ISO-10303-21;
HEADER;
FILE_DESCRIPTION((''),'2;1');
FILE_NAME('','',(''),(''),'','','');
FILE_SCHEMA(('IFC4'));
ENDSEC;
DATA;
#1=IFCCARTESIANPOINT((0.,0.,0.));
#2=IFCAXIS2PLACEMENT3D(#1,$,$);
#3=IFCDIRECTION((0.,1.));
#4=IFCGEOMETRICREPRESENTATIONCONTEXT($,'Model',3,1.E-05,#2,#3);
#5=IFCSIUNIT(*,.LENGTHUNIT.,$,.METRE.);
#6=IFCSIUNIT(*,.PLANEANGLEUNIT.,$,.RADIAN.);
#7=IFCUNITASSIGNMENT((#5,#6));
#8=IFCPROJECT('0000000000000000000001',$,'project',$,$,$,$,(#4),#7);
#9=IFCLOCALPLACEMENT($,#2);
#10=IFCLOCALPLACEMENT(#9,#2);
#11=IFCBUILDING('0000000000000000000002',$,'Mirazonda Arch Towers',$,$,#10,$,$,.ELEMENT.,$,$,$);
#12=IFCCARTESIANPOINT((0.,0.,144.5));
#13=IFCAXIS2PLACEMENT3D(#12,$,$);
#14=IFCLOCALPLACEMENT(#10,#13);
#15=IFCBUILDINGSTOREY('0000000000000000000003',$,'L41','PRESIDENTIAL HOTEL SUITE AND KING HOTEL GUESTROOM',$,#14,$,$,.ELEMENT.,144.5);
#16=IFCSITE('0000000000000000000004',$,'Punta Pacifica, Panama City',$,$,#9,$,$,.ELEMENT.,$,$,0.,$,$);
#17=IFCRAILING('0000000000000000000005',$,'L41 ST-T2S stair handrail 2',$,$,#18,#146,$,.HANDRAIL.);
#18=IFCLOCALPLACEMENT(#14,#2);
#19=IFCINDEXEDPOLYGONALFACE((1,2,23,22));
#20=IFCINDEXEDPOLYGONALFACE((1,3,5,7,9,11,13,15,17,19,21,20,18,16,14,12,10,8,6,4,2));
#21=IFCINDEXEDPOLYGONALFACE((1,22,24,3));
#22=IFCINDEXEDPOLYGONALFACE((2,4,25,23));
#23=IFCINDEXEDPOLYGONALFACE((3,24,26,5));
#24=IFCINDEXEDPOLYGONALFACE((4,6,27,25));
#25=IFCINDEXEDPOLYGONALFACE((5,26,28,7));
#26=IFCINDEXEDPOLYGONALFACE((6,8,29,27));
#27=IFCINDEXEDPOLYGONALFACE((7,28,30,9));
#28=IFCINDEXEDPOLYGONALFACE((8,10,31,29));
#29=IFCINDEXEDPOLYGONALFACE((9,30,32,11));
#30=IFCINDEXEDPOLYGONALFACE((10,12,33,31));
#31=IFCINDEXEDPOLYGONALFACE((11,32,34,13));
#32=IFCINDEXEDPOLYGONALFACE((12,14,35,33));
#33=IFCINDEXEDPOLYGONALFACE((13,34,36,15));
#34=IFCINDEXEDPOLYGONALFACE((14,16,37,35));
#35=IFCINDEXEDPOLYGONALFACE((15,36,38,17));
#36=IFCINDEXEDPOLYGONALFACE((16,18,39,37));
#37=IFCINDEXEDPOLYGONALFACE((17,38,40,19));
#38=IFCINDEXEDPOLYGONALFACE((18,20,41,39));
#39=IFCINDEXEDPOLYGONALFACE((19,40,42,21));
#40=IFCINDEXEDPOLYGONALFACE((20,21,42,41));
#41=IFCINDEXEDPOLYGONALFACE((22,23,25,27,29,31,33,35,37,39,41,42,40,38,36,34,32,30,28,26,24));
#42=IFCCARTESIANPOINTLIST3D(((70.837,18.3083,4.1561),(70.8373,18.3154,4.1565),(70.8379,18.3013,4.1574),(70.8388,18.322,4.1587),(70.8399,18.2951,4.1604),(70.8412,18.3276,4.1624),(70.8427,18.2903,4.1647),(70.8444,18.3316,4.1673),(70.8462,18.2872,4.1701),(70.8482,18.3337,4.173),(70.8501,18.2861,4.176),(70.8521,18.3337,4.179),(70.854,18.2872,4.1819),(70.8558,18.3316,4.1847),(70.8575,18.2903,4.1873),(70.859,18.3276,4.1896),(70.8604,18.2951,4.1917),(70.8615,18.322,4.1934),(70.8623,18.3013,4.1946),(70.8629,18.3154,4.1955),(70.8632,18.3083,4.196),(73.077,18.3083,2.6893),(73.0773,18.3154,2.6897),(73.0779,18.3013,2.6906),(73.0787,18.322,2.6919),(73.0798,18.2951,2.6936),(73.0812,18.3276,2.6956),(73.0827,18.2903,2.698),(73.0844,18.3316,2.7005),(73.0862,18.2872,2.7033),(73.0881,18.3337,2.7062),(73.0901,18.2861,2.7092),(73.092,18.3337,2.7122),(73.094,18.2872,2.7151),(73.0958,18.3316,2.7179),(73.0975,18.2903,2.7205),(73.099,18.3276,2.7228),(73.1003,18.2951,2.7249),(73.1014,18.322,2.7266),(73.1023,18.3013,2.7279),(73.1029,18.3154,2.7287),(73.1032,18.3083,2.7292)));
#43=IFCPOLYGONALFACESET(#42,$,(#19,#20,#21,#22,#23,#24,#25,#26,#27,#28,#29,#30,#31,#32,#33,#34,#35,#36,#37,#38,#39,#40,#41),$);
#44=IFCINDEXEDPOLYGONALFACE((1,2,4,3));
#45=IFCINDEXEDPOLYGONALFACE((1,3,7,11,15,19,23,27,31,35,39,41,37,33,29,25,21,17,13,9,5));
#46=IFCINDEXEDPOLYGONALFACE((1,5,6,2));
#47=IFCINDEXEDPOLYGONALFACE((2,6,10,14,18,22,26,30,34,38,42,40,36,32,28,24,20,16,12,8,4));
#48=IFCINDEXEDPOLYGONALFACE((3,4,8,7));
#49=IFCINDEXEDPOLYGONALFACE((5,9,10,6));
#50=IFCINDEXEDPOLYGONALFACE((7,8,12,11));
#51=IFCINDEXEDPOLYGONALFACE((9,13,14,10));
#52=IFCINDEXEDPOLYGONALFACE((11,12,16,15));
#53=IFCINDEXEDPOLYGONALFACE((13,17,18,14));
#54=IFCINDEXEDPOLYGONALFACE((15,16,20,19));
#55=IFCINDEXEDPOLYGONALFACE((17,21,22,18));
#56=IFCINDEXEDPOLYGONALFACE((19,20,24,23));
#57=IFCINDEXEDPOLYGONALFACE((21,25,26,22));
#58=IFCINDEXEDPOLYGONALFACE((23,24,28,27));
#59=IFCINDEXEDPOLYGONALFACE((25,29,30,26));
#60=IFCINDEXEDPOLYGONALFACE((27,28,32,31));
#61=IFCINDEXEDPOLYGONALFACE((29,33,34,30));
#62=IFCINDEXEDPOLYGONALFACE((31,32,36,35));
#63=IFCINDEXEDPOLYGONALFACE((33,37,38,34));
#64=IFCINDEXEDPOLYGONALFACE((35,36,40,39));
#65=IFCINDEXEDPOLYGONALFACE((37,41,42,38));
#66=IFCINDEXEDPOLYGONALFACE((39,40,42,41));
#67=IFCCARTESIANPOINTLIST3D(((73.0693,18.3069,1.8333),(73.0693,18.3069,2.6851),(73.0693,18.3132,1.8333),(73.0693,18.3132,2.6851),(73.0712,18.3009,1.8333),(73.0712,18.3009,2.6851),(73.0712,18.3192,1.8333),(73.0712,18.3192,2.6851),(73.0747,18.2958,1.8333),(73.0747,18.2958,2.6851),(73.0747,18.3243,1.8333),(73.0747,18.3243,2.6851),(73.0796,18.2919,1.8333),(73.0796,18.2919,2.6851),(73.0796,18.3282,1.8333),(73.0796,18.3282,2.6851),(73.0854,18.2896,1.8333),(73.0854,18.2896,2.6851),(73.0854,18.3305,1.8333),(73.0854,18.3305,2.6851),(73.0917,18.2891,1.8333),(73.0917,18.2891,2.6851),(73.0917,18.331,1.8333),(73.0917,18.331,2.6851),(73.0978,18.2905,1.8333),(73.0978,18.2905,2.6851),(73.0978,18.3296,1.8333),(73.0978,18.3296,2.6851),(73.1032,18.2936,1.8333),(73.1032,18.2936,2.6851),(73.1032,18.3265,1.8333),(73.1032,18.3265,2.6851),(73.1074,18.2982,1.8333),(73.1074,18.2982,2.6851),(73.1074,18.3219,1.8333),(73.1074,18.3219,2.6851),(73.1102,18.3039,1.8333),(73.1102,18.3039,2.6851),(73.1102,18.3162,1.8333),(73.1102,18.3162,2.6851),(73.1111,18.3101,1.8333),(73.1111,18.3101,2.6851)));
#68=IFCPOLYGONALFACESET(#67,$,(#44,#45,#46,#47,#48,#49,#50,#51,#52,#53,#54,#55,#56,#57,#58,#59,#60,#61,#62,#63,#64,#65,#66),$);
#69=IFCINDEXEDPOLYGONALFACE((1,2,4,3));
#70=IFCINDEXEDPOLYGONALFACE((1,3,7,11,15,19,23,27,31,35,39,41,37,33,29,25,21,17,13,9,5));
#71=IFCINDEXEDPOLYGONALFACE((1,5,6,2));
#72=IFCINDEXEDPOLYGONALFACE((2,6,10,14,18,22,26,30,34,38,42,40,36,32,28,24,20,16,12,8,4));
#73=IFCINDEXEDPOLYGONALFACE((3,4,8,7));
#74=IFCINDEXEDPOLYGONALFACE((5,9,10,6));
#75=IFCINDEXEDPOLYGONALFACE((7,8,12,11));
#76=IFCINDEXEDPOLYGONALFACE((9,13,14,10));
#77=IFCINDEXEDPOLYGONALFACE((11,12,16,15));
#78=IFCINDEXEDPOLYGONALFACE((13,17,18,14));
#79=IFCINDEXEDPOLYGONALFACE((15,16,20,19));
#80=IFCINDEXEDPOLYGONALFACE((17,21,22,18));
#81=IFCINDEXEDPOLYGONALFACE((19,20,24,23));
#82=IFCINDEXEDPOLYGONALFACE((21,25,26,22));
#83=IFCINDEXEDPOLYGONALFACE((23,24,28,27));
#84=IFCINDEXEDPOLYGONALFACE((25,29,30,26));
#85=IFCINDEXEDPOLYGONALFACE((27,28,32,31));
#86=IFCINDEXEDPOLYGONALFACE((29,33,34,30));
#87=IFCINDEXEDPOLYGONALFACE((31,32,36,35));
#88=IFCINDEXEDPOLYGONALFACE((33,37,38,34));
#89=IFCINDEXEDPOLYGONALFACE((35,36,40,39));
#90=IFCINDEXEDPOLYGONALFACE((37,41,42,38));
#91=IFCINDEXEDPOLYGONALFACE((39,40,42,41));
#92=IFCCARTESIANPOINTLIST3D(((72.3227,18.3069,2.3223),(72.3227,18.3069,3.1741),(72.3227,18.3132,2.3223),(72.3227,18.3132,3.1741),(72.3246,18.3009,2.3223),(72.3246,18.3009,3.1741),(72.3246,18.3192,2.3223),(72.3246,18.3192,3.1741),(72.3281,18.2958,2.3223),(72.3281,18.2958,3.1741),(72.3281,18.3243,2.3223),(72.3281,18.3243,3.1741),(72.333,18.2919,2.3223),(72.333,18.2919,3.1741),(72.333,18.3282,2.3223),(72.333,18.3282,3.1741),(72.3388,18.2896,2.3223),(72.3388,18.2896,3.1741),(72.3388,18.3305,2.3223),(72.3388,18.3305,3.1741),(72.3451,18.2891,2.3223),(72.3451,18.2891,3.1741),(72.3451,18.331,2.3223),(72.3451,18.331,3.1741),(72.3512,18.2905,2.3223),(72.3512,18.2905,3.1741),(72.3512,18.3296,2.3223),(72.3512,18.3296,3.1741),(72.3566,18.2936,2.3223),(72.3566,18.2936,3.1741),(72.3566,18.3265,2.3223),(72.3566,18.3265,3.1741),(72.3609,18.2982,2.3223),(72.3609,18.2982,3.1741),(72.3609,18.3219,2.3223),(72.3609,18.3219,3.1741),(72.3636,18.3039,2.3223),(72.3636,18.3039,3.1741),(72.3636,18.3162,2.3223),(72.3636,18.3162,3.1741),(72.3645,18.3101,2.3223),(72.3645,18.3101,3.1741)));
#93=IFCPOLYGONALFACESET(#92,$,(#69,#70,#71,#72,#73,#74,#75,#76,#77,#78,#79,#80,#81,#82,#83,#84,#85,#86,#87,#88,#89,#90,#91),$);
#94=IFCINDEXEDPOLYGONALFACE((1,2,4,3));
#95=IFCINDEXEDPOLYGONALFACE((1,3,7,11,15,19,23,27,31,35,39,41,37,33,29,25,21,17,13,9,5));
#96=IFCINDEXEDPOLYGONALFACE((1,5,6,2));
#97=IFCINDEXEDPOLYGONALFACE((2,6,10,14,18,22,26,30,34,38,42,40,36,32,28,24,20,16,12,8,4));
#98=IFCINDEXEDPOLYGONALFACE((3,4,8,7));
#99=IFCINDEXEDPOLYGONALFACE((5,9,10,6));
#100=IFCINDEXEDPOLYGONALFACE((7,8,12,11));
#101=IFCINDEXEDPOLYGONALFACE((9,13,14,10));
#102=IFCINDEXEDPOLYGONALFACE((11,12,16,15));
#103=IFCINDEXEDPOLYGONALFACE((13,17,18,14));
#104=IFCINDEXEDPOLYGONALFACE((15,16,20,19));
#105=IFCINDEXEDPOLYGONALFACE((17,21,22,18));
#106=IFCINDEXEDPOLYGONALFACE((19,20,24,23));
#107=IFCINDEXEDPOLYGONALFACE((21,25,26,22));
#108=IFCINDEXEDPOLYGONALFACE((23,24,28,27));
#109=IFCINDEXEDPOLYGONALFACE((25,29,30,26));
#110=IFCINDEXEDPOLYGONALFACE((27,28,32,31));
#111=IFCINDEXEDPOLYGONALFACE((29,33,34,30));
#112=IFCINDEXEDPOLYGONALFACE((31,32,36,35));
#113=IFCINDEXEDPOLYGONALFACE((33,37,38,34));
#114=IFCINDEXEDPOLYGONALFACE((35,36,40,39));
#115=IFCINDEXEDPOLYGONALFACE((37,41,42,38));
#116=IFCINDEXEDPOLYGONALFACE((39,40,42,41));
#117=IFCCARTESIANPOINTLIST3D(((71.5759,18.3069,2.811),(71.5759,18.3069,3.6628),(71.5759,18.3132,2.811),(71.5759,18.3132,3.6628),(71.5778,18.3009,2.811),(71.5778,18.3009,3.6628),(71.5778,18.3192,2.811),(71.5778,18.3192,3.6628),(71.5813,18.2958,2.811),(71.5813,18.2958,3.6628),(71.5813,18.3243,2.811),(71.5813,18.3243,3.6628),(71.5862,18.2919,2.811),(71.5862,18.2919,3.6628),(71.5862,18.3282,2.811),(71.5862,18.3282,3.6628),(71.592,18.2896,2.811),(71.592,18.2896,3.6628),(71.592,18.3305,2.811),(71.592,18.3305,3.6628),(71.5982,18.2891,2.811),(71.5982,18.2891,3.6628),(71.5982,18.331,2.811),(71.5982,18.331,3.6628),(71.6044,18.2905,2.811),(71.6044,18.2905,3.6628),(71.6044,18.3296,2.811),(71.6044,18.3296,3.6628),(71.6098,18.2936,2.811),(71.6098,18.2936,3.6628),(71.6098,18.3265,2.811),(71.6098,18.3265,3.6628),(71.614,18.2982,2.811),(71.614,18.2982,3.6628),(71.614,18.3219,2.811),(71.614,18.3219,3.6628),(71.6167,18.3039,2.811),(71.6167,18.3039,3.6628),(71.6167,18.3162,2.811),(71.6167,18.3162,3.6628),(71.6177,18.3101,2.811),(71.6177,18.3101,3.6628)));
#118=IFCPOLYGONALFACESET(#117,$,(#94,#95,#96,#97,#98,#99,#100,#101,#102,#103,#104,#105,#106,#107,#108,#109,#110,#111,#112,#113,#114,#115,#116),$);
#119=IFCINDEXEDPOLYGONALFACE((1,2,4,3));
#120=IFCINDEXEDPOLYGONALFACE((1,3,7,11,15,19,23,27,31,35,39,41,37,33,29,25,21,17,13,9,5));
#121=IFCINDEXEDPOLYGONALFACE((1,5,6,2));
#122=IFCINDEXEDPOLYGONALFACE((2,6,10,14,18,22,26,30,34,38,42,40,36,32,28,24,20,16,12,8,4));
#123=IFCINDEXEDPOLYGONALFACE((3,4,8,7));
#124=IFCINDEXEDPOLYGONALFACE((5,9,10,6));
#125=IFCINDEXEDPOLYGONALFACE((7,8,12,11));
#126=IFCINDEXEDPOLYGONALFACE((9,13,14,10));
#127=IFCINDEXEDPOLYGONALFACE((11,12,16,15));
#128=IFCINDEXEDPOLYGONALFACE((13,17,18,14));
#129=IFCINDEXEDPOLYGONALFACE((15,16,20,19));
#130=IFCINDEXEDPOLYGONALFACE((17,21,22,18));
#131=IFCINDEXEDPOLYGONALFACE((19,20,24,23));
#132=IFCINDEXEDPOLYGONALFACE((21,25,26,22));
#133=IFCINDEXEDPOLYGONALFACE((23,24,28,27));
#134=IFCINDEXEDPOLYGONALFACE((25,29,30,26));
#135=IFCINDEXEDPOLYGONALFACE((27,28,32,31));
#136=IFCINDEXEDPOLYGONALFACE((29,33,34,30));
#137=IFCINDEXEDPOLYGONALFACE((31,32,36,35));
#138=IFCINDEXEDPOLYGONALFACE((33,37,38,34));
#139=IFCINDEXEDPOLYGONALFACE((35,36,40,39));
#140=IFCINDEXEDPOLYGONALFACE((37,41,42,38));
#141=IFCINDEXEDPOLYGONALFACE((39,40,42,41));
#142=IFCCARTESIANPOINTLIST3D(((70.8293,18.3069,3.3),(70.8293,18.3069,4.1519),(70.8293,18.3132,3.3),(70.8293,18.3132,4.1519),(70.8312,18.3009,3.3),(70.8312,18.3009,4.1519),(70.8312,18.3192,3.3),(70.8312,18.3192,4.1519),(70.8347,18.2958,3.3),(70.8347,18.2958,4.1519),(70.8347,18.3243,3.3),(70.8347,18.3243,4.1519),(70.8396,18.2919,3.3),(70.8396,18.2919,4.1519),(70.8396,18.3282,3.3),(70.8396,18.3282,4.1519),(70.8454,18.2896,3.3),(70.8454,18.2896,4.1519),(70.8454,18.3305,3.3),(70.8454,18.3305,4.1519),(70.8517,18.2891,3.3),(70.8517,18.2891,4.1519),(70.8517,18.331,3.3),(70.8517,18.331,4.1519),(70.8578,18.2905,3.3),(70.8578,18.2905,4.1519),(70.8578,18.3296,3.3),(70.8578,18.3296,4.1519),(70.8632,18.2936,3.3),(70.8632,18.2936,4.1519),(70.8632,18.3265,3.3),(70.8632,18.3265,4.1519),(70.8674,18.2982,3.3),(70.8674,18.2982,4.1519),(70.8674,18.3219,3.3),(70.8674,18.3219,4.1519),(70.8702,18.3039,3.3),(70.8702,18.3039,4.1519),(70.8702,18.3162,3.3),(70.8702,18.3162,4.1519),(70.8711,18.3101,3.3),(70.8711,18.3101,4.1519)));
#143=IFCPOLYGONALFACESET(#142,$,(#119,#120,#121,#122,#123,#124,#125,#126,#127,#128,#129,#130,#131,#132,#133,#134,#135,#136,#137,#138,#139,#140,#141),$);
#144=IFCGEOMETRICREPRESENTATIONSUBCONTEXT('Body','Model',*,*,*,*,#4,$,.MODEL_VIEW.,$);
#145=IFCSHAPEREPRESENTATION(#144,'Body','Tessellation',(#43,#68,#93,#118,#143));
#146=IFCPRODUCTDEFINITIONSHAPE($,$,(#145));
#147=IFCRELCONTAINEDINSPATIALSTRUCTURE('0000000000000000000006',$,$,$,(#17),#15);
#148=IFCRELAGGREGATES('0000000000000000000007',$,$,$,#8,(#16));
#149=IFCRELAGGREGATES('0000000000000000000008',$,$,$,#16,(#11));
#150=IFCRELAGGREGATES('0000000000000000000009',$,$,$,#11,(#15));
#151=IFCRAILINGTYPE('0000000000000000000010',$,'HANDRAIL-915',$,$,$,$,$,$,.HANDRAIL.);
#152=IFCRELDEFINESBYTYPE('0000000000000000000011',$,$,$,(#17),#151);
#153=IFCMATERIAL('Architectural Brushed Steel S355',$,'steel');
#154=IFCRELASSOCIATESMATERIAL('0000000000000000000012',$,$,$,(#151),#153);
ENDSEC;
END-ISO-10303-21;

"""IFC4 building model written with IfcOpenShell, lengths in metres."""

from ifc_helpers import new_model, si_unit, direction, frame, origin, origin_2d, place, context, subcontext, project, spatial, circle, extrude, material, type_object, element, save


model = new_model("IFC4")

# Units and contexts
model_context = context("Model", 3, precision=1e-05, world=origin(), true_north=direction((0.0, 1.0)))
body_context = subcontext(model_context, "Body", "Model", "MODEL_VIEW")
ifc_project = project(units=[si_unit("LENGTHUNIT", "METRE"), si_unit("PLANEANGLEUNIT", "RADIAN")], contexts=[model_context])

# Site, building, storey
site_placement = place(None, origin())
site = spatial("IfcSite", under=ifc_project, at=site_placement, Name="Punta Pacifica, Panama City", CompositionType="ELEMENT", RefElevation=0.0)
building_placement = place(site_placement, origin())
building = spatial("IfcBuilding", under=site, at=building_placement, Name="Mirazonda Arch Towers", CompositionType="ELEMENT")
storey_placement = place(building_placement, frame((0.0, 0.0, 144.5)))
storey = spatial("IfcBuildingStorey", under=building, at=storey_placement, Name="L41", Description="PRESIDENTIAL HOTEL SUITE AND KING HOTEL GUESTROOM", CompositionType="ELEMENT", Elevation=144.5)

# Railing
ifc_material_1 = material(Name="Architectural Brushed Steel S355", Category="steel")
railing_type_1 = type_object("IfcRailingType", Name="HANDRAIL-915", PredefinedType="HANDRAIL", material=ifc_material_1)
railing_1_placement = place(storey_placement, frame((73.0901, 18.3101, 1.8333)))
element("IfcRailing", 1, at=railing_1_placement, inside=storey, type_object=railing_type_1, Name="L41 ST-T2S stair handrail 2", PredefinedType="HANDRAIL", context=body_context, shape_type="SweptSolid", body=[
    extrude(circle(Radius=0.0239, at=origin_2d()), frame((0.0, 0.0, 0.876), z_axis=(-0.836595, 0.0, 0.547822), x_axis=(0.0, -1.0, 0.0)), (0.0, 0.0, 1.0), 2.6775),
    extrude(circle(Radius=0.021, at=origin_2d()), origin(), (0.0, 0.0, 1.0), 0.8518),
    extrude(circle(Radius=0.021, at=origin_2d()), frame((-0.7466, 0.0, 0.489)), (0.0, 0.0, 1.0), 0.8518),
    extrude(circle(Radius=0.021, at=origin_2d()), frame((-1.4934, 0.0, 0.9778)), (0.0, 0.0, 1.0), 0.8518),
    extrude(circle(Radius=0.021, at=origin_2d()), frame((-2.24, 0.0, 1.4668)), (0.0, 0.0, 1.0), 0.8518),
])

save(model, "model.ifc")
